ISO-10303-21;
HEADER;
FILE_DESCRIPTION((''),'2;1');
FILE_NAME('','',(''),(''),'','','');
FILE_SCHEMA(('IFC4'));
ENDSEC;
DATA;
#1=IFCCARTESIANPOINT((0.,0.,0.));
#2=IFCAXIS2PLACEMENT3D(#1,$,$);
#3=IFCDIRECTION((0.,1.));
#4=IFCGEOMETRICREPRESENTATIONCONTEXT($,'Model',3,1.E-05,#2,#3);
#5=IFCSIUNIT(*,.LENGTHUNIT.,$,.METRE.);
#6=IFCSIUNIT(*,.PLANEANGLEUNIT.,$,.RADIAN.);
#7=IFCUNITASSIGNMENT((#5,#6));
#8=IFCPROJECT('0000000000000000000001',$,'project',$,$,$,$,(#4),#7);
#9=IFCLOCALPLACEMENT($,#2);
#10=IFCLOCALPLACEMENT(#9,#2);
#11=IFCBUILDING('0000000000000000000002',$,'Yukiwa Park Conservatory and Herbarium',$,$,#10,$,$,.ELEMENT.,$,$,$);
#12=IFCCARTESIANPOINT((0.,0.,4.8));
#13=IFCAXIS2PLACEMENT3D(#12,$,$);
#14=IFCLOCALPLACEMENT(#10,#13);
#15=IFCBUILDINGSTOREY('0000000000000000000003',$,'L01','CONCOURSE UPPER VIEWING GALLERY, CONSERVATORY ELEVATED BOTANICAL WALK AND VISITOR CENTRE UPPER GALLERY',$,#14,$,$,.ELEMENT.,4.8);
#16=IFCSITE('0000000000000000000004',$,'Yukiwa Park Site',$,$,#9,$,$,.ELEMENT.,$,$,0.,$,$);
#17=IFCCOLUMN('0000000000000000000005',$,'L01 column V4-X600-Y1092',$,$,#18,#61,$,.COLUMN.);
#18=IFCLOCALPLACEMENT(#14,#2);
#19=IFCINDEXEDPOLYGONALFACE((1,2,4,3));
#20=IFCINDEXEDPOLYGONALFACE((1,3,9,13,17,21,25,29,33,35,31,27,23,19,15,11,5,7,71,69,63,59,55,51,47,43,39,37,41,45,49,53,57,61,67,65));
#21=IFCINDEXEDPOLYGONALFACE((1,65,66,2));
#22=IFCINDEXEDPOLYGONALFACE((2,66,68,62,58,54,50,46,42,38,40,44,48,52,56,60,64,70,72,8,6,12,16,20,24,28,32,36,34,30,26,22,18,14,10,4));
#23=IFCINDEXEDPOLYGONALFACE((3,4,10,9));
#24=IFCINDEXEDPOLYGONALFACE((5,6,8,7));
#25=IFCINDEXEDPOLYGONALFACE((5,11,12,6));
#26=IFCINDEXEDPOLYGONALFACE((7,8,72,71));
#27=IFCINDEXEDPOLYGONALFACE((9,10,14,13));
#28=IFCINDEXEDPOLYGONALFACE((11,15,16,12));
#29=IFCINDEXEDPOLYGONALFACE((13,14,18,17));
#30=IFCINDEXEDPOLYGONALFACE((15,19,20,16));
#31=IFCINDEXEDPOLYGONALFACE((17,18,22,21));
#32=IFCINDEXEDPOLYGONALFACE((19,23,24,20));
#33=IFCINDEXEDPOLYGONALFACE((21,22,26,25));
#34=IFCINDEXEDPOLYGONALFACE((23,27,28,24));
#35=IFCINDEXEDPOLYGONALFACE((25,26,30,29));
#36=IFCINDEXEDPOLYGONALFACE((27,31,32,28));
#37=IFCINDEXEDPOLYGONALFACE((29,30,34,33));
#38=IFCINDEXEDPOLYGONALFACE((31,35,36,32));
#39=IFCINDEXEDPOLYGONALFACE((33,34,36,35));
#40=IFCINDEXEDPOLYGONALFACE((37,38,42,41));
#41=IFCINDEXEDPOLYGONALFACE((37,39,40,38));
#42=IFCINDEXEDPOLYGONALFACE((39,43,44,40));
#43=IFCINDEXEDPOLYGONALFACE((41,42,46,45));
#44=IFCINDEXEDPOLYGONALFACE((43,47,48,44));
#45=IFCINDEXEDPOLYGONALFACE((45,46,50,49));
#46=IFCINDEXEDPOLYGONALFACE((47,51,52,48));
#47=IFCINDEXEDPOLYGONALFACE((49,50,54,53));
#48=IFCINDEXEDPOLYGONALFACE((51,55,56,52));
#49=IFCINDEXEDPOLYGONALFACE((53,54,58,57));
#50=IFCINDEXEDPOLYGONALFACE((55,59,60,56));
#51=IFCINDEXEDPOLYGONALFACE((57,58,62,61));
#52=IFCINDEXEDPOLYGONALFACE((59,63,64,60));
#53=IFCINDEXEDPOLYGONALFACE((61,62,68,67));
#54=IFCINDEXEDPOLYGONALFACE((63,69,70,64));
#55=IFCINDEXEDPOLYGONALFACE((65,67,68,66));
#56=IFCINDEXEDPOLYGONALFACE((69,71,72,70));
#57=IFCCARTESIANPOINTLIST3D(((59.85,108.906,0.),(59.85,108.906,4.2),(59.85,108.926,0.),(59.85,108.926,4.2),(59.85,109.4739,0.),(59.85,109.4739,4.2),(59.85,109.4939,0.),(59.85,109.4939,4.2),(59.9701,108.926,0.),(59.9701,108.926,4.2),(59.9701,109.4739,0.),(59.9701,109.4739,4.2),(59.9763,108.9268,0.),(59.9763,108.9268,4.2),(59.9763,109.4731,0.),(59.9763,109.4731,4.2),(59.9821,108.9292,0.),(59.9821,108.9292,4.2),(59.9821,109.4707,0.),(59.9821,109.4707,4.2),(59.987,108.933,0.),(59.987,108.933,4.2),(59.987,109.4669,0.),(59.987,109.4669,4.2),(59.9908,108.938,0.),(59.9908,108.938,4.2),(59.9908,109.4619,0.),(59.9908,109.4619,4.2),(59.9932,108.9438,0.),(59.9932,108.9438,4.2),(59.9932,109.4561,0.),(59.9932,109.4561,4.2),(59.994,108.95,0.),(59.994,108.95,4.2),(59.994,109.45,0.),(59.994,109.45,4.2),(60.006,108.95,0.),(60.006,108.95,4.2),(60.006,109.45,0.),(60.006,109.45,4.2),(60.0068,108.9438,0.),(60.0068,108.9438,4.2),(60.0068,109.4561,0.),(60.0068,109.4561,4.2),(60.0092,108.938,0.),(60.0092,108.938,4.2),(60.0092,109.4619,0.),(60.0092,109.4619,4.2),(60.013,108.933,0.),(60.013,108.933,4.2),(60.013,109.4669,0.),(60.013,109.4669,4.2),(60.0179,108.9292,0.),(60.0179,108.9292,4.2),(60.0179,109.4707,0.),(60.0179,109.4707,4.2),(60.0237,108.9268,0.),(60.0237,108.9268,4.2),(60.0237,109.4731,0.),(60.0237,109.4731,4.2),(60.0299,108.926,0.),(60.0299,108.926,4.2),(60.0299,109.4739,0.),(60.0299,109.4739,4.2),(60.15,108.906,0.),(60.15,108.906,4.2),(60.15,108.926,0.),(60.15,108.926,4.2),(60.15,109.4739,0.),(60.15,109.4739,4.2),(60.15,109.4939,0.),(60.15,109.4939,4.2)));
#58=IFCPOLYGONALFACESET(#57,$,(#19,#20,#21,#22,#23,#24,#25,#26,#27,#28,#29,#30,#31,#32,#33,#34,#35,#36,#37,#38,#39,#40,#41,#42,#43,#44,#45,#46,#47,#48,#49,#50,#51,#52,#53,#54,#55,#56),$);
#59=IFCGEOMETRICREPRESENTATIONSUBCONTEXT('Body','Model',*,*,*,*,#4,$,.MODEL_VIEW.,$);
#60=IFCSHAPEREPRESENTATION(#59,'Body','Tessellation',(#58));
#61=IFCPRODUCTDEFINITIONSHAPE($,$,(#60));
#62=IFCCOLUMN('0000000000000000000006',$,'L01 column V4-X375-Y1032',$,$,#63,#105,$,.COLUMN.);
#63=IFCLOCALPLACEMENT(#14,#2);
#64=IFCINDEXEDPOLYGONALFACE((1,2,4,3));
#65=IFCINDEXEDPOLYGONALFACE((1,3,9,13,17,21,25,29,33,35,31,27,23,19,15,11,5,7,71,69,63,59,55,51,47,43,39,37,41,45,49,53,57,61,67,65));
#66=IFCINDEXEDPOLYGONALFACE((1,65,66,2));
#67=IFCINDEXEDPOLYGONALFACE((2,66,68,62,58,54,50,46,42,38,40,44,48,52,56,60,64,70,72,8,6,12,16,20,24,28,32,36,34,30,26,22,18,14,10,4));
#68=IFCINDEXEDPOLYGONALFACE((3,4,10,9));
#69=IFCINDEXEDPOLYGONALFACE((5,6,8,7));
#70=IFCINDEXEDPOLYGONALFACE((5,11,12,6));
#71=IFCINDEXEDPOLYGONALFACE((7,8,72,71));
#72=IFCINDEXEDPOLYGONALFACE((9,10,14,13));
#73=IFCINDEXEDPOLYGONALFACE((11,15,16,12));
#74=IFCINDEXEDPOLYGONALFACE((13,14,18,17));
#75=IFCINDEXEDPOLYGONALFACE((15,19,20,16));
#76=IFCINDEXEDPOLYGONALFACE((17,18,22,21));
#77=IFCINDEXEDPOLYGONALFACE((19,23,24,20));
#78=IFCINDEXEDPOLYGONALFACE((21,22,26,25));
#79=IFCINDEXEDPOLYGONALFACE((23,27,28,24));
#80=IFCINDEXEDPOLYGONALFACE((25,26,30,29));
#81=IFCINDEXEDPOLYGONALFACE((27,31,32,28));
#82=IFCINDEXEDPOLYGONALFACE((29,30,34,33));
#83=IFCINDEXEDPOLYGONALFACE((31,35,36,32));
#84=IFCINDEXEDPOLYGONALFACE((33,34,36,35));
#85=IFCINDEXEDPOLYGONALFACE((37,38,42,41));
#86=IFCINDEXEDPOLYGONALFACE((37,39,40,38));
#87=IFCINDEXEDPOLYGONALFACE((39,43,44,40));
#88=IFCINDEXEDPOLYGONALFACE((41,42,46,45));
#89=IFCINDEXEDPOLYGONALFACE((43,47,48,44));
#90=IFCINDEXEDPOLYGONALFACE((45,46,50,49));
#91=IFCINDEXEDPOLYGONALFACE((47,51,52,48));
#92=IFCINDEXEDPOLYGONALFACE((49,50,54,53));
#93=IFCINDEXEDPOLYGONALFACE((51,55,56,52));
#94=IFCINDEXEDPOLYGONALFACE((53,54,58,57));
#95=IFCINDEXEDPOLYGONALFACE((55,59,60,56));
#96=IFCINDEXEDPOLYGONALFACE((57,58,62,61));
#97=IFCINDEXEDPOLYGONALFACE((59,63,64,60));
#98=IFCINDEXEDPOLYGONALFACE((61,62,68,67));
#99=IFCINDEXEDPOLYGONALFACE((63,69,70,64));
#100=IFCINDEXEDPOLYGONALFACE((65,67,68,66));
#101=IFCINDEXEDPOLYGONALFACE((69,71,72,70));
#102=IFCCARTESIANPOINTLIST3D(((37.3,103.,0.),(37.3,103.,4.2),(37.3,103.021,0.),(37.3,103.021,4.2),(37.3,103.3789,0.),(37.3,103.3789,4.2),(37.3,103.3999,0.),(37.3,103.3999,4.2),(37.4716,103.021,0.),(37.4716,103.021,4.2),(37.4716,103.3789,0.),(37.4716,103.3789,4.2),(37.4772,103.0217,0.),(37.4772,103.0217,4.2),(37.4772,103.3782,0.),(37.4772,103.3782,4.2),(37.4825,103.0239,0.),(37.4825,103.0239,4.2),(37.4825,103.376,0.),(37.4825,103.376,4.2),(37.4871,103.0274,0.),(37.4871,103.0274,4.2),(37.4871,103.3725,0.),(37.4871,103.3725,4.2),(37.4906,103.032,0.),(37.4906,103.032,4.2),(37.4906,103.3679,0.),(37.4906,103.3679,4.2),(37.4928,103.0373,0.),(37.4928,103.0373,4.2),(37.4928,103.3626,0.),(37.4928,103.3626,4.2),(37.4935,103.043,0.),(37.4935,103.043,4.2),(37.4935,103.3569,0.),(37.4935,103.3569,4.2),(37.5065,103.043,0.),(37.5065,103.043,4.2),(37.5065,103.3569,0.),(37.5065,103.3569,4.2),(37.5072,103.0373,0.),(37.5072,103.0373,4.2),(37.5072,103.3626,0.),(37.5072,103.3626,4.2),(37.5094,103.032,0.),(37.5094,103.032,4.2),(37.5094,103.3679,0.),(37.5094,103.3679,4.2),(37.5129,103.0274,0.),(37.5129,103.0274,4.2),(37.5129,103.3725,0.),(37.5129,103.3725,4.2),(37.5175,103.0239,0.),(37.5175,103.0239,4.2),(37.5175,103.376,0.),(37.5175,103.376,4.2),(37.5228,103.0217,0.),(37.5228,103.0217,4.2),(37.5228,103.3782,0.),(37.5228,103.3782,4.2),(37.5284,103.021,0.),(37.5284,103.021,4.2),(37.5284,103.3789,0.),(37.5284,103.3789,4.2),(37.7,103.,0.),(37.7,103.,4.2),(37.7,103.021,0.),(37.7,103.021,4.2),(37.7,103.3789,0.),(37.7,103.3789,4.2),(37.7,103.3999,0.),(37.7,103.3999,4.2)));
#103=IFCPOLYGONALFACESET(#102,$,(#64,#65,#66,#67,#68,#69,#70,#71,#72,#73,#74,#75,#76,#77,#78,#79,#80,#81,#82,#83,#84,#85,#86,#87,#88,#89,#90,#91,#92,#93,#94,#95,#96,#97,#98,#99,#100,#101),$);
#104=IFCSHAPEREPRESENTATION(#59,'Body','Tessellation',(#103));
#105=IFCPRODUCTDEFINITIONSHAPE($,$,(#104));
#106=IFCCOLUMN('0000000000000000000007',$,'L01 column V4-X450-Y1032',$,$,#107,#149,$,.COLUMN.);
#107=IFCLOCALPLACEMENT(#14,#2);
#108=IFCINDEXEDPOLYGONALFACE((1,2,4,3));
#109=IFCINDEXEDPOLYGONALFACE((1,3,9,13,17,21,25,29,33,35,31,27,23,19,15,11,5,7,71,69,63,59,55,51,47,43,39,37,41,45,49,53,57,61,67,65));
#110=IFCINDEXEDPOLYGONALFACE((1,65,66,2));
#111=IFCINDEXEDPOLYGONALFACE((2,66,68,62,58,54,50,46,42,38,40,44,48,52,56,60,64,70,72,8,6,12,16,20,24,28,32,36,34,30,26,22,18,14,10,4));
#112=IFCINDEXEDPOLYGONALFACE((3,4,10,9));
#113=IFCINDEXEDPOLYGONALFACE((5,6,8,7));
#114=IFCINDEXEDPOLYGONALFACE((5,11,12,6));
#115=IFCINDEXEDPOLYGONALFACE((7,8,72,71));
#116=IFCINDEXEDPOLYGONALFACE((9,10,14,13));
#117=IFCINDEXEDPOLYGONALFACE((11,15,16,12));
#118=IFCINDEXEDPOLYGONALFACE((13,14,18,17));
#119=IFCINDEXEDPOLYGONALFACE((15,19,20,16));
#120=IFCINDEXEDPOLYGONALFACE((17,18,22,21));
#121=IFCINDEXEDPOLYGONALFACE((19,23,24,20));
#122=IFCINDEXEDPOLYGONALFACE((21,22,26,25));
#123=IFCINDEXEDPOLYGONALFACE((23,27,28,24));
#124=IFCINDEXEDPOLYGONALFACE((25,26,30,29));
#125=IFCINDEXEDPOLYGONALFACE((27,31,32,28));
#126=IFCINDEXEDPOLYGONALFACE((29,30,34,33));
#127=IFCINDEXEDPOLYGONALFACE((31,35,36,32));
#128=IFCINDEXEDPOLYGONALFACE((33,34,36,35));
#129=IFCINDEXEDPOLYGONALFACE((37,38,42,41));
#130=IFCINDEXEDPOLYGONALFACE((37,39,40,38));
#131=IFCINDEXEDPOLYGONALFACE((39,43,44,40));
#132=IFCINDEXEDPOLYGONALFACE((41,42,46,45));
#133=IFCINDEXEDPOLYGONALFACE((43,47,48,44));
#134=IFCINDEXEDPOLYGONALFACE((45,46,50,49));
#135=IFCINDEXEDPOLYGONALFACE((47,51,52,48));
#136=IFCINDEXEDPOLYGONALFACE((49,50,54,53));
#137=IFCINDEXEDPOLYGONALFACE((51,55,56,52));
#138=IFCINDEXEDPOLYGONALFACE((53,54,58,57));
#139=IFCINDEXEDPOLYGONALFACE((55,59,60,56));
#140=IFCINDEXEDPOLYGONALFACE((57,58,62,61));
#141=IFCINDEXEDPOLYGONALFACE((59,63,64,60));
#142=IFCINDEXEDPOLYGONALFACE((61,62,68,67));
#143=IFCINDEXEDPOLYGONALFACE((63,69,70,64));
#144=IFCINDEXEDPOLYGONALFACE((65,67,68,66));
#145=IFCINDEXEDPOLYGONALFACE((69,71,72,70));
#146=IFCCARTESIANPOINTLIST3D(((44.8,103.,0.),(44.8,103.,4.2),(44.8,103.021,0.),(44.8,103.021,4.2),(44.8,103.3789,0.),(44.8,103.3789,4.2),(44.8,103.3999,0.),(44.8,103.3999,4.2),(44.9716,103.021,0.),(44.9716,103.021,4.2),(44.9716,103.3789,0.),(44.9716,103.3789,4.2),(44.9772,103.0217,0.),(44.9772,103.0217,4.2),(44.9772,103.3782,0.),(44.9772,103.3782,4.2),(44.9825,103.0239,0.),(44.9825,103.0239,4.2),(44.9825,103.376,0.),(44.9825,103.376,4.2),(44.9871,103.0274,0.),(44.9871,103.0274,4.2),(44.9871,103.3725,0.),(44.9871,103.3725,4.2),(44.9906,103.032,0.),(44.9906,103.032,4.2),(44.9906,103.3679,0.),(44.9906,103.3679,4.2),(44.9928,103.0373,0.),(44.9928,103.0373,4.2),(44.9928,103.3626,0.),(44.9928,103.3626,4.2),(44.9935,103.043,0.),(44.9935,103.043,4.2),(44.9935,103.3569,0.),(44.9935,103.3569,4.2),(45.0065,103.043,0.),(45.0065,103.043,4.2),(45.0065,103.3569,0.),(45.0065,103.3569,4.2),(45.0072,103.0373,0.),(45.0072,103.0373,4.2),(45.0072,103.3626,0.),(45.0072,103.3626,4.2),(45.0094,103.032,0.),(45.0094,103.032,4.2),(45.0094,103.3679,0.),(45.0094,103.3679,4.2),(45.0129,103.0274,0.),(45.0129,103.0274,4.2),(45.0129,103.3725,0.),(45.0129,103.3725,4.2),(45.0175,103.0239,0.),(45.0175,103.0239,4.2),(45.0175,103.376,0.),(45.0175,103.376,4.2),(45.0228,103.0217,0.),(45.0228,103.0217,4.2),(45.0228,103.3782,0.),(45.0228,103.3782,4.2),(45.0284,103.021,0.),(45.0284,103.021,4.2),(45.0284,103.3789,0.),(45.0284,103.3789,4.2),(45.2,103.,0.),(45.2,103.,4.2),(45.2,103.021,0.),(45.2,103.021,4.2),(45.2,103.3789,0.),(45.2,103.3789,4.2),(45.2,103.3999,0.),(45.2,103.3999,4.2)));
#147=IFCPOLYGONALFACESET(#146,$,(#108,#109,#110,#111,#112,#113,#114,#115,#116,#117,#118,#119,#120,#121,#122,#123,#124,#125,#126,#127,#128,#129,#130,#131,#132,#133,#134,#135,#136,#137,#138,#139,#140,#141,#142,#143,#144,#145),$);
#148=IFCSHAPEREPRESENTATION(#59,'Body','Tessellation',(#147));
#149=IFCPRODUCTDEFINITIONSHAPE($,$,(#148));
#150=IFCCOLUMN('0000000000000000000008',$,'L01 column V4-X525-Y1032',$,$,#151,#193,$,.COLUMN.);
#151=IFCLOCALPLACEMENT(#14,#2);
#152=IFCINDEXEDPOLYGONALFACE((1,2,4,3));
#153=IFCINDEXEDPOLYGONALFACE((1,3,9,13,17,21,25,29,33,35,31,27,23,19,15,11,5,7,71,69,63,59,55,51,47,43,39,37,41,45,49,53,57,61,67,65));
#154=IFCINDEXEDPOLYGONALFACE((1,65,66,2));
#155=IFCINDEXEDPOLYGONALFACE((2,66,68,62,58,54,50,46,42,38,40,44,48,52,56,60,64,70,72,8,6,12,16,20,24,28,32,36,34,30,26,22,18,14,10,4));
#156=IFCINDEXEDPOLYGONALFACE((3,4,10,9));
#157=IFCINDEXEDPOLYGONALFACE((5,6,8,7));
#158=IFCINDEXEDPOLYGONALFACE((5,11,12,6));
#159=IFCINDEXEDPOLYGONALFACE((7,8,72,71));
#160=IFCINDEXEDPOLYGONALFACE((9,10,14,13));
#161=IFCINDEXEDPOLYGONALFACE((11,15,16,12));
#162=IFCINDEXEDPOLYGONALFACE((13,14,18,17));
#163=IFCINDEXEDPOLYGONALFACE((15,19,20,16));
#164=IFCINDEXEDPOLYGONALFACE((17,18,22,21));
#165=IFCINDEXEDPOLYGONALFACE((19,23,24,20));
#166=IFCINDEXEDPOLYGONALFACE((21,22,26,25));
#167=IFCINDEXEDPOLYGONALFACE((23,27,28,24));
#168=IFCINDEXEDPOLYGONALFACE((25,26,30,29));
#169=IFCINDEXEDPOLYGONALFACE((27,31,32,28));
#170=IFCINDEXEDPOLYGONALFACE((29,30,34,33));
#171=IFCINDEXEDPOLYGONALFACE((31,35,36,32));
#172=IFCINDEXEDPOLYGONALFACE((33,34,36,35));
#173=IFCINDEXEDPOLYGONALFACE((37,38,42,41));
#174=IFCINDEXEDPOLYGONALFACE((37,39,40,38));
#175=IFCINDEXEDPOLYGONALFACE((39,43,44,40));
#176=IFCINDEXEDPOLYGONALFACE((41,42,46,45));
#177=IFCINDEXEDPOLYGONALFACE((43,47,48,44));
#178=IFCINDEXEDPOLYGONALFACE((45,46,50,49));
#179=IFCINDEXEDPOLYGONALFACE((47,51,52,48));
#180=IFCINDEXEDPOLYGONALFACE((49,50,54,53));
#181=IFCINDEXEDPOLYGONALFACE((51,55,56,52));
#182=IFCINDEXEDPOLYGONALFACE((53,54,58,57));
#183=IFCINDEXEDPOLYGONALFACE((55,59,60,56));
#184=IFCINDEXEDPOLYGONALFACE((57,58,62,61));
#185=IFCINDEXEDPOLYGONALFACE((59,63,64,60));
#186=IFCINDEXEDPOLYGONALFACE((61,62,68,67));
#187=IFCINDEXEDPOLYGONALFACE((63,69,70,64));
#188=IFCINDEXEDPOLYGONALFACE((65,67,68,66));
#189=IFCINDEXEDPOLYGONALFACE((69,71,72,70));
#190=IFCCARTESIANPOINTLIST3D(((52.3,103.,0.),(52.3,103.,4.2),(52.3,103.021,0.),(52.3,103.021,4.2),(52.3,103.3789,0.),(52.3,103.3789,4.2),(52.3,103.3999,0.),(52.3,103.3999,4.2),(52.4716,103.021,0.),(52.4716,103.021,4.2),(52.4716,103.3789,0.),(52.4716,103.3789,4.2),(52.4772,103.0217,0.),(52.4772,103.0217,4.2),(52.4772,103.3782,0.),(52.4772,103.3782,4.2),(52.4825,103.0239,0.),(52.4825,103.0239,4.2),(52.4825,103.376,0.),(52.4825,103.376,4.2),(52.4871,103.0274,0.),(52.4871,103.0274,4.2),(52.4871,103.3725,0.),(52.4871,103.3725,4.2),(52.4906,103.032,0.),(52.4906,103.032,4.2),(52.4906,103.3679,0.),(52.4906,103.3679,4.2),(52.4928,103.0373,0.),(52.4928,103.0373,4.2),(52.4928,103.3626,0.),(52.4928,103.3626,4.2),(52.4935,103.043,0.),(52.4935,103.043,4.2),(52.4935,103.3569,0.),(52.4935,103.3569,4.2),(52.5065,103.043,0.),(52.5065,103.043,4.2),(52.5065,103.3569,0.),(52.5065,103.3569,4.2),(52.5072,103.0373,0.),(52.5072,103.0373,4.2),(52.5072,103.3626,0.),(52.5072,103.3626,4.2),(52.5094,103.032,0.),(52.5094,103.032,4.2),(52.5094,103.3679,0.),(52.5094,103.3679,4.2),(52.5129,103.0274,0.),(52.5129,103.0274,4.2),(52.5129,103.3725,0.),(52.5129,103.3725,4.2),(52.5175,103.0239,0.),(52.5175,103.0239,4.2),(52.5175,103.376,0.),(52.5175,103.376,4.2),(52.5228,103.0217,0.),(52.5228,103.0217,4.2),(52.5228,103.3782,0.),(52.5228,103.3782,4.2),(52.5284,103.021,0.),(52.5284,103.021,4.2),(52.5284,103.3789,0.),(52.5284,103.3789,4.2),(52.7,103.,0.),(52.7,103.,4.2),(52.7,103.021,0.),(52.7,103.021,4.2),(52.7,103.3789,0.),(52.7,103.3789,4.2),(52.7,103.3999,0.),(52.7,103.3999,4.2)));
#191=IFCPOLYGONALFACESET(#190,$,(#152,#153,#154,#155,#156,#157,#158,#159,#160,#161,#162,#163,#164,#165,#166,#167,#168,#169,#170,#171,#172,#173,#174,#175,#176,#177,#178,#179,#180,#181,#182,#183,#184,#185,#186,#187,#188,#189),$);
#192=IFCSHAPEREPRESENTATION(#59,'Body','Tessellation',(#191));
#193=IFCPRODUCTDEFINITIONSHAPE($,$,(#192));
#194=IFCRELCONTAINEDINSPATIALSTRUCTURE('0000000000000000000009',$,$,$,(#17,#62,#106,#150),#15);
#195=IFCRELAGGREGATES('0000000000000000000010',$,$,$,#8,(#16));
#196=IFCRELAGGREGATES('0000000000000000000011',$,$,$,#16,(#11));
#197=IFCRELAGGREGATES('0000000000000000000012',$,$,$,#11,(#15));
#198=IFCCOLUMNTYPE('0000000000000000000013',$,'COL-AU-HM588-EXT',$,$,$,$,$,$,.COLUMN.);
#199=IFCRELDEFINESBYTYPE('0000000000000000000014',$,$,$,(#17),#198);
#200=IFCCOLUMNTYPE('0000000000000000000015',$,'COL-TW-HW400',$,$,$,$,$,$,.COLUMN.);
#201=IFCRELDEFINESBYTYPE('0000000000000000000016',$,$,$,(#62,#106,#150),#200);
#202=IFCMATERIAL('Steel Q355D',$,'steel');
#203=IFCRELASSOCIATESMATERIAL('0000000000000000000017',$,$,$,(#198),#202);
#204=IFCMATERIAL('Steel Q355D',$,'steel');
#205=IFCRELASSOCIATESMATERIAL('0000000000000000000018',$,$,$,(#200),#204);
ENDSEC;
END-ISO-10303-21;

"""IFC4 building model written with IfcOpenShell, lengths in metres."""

from ifc_helpers import new_model, si_unit, direction, frame, origin, origin_2d, place, context, subcontext, project, spatial, i_section, extrude, material, material_profile, profile_set, type_object, element, save


model = new_model("IFC4")

# Units and contexts
model_context = context("Model", 3, precision=1e-05, world=origin(), true_north=direction((0.0, 1.0)))
body_context = subcontext(model_context, "Body", "Model", "MODEL_VIEW")
ifc_project = project(units=[si_unit("LENGTHUNIT", "METRE"), si_unit("PLANEANGLEUNIT", "RADIAN")], contexts=[model_context])

# Site, building, storey
site_placement = place(None, origin())
site = spatial("IfcSite", under=ifc_project, at=site_placement, Name="Yukiwa Park Site", CompositionType="ELEMENT", RefElevation=0.0)
building_placement = place(site_placement, origin())
building = spatial("IfcBuilding", under=site, at=building_placement, Name="Yukiwa Park Conservatory and Herbarium", CompositionType="ELEMENT")
storey_placement = place(building_placement, frame((0.0, 0.0, 4.8)))
storey = spatial("IfcBuildingStorey", under=building, at=storey_placement, Name="L01", Description="CONCOURSE UPPER VIEWING GALLERY, CONSERVATORY ELEVATED BOTANICAL WALK AND VISITOR CENTRE UPPER GALLERY", CompositionType="ELEMENT", Elevation=4.8)

# Columns
ifc_material_1 = material(Name="Steel Q355D", Category="steel")
ifc_material_profile_1 = material_profile(ifc_material_1, i_section(OverallWidth=0.3, OverallDepth=0.5879, WebThickness=0.012, FlangeThickness=0.02, FilletRadius=0.0239, at=origin_2d()), Name="HM 588x300x12x20")
ifc_profile_set_1 = profile_set([ifc_material_profile_1], Name="Steel Q355D")
column_type_1 = type_object("IfcColumnType", Name="COL-AU-HM588-EXT", PredefinedType="COLUMN", material=ifc_profile_set_1)
for number, where, z_axis, x_axis, name in (
    (1, (60.0, 109.2, 0.0), (0.0, 0.0, 1.0), (1.0, 0.0, 0.0), "L01 column V4-X600-Y1092"),
):
    element("IfcColumn", number, at=place(storey_placement, frame(where, z_axis=z_axis, x_axis=x_axis)), inside=storey, type_object=column_type_1, Name=name, PredefinedType="COLUMN", context=body_context, shape_type="SweptSolid", body=[
        extrude(i_section(OverallWidth=0.3, OverallDepth=0.5879, WebThickness=0.012, FlangeThickness=0.02, FilletRadius=0.0239, at=origin_2d()), origin(), (0.0, 0.0, 1.0), 4.2),
    ])
ifc_material_2 = material(Name="Steel Q355D", Category="steel")
ifc_material_profile_2 = material_profile(ifc_material_2, i_section(OverallWidth=0.3999, OverallDepth=0.3999, WebThickness=0.0129, FlangeThickness=0.021, FilletRadius=0.022, at=origin_2d()), Name="HW 400x400x13x21")
ifc_profile_set_2 = profile_set([ifc_material_profile_2], Name="Steel Q355D")
column_type_2 = type_object("IfcColumnType", Name="COL-TW-HW400", PredefinedType="COLUMN", material=ifc_profile_set_2)
for number, where, z_axis, x_axis, name in (
    (2, (37.5, 103.2, 0.0), (0.0, 0.0, 1.0), (1.0, 0.0, 0.0), "L01 column V4-X375-Y1032"),
    (3, (45.0, 103.2, 0.0), (0.0, 0.0, 1.0), (1.0, 0.0, 0.0), "L01 column V4-X450-Y1032"),
    (4, (52.5, 103.2, 0.0), (0.0, 0.0, 1.0), (1.0, 0.0, 0.0), "L01 column V4-X525-Y1032"),
):
    element("IfcColumn", number, at=place(storey_placement, frame(where, z_axis=z_axis, x_axis=x_axis)), inside=storey, type_object=column_type_2, Name=name, PredefinedType="COLUMN", context=body_context, shape_type="SweptSolid", body=[
        extrude(i_section(OverallWidth=0.3999, OverallDepth=0.3999, WebThickness=0.0129, FlangeThickness=0.021, FilletRadius=0.022, at=origin_2d()), origin(), (0.0, 0.0, 1.0), 4.2),
    ])

save(model, "model.ifc")
